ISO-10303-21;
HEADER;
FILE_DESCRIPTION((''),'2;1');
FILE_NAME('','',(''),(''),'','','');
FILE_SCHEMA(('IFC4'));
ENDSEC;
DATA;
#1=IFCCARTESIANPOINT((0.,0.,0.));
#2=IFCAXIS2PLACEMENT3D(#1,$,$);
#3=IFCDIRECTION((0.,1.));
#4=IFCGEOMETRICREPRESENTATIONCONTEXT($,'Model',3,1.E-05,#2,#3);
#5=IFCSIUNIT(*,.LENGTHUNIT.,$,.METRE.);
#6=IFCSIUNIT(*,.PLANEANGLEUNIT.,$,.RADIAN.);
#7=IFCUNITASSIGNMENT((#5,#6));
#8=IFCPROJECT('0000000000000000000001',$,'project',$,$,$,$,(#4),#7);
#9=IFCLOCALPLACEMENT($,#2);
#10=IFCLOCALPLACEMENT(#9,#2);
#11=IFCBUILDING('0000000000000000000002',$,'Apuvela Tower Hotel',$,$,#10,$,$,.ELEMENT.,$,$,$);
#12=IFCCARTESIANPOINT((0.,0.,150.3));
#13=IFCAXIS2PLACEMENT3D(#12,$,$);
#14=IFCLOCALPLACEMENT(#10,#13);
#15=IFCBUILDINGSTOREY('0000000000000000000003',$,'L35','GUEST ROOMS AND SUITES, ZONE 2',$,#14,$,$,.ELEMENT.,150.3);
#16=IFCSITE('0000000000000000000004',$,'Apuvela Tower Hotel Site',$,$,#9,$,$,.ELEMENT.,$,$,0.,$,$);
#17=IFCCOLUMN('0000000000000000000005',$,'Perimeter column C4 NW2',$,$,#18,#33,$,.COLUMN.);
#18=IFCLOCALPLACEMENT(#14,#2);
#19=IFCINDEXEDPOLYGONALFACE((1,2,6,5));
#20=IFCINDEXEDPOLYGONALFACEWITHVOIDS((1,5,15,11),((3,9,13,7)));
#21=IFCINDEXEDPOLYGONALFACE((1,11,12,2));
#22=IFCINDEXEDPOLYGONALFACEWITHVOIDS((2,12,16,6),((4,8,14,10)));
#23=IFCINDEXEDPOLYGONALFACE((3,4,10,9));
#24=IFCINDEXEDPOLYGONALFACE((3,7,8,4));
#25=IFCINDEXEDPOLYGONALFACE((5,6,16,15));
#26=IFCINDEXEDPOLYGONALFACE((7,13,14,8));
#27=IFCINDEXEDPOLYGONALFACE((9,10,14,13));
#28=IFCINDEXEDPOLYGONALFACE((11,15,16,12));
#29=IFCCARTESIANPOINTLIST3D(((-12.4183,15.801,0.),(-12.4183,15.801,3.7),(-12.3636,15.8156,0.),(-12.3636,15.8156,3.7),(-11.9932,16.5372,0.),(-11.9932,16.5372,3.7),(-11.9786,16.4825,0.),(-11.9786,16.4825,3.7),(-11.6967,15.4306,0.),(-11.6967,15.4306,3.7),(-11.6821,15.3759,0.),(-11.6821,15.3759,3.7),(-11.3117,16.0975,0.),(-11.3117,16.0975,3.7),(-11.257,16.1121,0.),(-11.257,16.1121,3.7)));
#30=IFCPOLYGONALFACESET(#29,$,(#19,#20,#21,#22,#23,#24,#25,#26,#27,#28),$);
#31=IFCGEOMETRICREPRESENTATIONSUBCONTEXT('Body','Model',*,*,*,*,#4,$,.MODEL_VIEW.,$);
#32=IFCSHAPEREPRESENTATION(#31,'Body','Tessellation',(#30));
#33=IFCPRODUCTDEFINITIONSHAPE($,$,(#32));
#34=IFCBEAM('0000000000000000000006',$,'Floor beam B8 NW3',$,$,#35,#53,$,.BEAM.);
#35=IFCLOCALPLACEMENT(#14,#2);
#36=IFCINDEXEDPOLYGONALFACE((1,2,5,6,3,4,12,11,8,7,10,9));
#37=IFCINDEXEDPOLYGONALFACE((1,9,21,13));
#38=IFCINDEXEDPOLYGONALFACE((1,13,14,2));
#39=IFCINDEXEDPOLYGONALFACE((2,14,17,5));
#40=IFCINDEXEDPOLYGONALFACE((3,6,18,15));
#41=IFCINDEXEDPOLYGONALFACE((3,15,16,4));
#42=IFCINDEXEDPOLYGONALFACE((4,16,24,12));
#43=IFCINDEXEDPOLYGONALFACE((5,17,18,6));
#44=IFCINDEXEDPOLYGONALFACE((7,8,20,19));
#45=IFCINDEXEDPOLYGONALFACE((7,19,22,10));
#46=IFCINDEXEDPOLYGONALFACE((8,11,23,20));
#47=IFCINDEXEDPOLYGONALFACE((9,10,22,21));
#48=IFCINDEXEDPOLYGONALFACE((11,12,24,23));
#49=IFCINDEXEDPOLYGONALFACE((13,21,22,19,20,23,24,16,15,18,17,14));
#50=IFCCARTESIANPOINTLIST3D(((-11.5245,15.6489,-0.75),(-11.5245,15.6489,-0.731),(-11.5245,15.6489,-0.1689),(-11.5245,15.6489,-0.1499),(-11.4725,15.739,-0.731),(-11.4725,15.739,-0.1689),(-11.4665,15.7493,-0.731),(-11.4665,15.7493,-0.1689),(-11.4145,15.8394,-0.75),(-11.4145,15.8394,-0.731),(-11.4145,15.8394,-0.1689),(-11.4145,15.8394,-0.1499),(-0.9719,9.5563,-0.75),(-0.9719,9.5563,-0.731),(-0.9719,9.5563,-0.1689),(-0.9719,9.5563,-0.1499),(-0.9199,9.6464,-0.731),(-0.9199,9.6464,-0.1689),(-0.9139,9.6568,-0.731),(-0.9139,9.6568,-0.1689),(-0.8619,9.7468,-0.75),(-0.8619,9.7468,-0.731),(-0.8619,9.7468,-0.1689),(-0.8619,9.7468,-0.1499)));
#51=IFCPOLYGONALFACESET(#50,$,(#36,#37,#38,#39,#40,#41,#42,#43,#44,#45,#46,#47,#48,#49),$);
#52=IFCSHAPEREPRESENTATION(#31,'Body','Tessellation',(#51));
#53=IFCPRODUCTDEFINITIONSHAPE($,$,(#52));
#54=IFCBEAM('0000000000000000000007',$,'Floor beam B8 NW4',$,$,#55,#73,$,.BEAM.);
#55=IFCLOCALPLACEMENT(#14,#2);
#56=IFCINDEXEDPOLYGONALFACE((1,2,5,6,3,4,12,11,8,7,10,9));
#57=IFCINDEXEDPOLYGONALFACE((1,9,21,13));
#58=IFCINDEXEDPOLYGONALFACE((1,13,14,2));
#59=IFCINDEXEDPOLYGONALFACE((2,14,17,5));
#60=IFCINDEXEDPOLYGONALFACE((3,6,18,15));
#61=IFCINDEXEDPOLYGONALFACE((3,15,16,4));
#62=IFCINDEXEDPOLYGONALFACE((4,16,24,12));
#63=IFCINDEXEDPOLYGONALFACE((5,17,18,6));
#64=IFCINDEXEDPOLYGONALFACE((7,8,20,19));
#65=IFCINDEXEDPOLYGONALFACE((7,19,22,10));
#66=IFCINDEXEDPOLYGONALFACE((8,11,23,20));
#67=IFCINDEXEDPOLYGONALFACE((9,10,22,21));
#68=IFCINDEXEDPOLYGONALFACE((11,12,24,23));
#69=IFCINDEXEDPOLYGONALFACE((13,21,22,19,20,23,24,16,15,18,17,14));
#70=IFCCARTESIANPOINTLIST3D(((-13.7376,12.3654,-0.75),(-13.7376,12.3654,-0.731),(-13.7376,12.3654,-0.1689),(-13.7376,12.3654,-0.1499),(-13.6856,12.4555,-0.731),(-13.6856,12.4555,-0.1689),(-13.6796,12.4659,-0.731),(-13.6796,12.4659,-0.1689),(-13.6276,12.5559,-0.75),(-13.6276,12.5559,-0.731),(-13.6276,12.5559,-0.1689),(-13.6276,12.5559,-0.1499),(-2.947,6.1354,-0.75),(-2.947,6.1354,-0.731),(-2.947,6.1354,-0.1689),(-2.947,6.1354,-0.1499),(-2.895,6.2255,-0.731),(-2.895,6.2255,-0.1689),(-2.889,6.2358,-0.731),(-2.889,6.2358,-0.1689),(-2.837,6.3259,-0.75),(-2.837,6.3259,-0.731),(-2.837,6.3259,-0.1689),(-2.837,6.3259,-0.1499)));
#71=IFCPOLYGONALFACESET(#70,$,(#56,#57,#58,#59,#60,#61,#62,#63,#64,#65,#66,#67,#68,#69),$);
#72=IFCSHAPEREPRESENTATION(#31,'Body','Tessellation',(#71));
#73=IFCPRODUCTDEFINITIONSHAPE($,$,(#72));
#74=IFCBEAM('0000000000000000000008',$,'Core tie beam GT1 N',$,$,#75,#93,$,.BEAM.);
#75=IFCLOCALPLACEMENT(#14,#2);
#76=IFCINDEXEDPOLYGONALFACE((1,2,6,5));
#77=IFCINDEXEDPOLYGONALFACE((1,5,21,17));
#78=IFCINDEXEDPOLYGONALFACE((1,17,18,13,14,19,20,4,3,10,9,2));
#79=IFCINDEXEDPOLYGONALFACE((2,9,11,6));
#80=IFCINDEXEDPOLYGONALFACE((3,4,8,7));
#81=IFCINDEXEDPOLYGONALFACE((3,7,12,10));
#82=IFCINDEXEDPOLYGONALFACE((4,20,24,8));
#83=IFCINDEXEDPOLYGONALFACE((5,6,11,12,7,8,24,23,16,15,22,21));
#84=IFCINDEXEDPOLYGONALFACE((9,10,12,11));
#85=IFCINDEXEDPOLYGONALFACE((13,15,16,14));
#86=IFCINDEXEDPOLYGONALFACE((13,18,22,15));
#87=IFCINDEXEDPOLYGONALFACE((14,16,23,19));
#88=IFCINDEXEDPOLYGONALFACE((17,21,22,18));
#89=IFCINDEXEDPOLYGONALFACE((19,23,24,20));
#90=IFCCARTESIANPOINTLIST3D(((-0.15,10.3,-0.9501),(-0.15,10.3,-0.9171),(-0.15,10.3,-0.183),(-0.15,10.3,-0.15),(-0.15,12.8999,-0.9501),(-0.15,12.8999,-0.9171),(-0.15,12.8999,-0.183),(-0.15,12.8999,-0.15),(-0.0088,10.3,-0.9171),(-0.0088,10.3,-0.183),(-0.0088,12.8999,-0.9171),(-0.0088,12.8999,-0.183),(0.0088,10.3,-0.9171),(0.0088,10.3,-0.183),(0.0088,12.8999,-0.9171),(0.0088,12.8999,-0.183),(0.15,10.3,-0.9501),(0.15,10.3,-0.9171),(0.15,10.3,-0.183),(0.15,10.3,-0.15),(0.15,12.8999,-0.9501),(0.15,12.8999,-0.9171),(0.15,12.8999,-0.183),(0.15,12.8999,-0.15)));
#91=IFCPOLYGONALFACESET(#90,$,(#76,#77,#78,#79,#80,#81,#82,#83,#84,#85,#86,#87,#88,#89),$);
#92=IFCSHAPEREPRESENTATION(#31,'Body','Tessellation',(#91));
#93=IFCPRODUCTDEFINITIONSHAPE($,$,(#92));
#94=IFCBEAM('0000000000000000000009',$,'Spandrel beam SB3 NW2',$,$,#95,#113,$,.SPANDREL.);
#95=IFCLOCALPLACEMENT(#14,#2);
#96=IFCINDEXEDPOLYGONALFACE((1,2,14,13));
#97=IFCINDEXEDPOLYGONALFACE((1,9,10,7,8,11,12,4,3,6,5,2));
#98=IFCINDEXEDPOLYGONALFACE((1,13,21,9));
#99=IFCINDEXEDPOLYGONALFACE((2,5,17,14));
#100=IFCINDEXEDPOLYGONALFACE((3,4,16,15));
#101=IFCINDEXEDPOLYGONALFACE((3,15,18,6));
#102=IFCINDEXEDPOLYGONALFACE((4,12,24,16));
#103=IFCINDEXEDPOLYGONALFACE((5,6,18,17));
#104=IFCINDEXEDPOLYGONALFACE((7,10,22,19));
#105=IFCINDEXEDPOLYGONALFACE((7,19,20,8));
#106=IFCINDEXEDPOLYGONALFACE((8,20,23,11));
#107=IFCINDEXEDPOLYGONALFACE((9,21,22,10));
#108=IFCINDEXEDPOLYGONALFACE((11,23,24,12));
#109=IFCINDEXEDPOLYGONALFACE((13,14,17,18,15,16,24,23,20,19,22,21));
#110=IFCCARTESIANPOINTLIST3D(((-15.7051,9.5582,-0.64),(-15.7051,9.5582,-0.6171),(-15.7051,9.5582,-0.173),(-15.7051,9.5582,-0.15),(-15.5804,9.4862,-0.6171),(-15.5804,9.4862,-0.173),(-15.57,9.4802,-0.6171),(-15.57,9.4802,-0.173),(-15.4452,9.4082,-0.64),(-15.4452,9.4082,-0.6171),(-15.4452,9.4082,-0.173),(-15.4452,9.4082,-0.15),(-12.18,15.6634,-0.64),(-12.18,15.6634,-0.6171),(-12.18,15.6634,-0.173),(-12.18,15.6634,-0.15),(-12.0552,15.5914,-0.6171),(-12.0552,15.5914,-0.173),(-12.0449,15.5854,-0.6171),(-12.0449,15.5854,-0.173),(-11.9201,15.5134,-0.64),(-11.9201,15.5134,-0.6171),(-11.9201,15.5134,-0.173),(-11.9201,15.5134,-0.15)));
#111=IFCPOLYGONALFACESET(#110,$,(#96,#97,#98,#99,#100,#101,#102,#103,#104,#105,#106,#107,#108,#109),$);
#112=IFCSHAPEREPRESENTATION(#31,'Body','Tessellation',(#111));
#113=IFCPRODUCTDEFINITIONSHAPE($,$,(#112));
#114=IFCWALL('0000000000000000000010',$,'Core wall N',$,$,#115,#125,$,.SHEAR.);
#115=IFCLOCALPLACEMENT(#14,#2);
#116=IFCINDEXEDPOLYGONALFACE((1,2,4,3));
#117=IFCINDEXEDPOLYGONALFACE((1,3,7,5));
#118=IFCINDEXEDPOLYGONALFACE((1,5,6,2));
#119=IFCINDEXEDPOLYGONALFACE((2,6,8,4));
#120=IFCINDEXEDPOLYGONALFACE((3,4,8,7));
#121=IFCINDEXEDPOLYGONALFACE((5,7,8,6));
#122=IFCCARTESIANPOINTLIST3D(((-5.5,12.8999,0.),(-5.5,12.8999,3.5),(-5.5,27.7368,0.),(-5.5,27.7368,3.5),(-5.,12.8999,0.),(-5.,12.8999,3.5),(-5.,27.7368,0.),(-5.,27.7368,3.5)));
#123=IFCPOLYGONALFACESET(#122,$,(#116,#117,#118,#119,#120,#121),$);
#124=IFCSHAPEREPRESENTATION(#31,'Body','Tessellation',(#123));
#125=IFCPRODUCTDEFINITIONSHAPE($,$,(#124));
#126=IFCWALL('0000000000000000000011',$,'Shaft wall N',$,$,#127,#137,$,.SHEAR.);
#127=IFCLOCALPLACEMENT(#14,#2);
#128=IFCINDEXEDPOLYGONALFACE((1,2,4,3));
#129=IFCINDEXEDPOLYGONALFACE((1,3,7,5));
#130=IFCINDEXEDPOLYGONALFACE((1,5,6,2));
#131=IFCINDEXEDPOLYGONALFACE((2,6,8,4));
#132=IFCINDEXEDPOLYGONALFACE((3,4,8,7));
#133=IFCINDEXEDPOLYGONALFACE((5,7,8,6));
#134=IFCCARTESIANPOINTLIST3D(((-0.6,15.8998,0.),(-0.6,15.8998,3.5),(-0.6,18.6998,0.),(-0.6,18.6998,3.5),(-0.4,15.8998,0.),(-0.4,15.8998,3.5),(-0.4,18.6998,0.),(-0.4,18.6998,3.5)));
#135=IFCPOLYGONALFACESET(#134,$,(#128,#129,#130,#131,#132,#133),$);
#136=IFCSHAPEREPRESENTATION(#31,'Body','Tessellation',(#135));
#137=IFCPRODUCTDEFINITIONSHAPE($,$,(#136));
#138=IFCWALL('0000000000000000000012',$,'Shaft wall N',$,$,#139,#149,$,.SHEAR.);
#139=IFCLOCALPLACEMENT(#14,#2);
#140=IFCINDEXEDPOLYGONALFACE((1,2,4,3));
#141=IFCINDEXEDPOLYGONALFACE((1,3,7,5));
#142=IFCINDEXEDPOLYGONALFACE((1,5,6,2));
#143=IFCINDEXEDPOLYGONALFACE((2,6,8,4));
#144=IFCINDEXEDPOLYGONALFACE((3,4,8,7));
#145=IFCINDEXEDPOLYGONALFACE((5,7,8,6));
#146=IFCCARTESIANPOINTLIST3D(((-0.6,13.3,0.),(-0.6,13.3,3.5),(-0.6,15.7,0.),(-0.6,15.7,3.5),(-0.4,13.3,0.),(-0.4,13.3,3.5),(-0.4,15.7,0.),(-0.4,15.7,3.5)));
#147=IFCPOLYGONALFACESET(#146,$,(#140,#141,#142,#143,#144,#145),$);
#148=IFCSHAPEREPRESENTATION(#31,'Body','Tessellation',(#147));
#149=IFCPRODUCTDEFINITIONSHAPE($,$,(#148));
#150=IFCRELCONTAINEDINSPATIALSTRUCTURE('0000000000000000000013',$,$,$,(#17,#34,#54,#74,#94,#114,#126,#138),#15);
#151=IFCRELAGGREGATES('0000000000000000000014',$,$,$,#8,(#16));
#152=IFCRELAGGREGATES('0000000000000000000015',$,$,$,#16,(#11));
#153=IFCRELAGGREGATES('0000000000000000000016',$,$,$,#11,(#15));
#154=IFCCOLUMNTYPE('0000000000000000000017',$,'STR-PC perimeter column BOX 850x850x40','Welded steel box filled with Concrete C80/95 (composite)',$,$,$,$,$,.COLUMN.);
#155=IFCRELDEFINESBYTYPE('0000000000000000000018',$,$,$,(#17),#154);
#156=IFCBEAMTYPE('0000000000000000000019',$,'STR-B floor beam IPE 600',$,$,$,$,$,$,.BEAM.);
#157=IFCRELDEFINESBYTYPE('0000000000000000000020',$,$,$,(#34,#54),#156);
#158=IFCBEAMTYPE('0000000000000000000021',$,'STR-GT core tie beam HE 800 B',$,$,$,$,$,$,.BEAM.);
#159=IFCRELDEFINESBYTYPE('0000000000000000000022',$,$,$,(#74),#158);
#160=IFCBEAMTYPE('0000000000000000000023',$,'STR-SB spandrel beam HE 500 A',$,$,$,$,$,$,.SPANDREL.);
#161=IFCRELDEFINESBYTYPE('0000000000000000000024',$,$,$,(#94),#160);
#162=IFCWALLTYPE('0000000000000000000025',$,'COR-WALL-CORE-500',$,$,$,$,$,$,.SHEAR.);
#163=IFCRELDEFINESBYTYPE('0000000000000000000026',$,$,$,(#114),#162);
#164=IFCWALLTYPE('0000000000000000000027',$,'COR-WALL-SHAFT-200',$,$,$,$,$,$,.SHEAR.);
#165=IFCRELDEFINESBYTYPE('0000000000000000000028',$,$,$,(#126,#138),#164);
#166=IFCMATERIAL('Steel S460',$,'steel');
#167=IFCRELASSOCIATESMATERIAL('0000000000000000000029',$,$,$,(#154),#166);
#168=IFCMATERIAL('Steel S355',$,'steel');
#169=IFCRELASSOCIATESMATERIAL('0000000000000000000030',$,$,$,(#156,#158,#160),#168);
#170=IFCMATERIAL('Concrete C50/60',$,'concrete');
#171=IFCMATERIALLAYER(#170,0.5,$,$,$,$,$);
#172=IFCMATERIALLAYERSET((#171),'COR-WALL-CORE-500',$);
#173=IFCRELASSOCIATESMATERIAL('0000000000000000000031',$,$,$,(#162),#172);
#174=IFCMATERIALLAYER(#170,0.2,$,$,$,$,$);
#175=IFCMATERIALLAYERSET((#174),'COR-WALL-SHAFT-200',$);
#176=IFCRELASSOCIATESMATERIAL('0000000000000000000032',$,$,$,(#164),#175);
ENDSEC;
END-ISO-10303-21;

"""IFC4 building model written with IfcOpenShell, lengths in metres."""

from ifc_helpers import new_model, si_unit, direction, frame, frame_2d, origin, origin_2d, place, context, subcontext, project, spatial, rectangle, hollow_rectangle, i_section, extrude, material, layer, layer_set, material_profile, profile_set, type_object, element, save


model = new_model("IFC4")

# Units and contexts
model_context = context("Model", 3, precision=1e-05, world=origin(), true_north=direction((0.0, 1.0)))
body_context = subcontext(model_context, "Body", "Model", "MODEL_VIEW")
ifc_project = project(units=[si_unit("LENGTHUNIT", "METRE"), si_unit("PLANEANGLEUNIT", "RADIAN")], contexts=[model_context])

# Site, building, storey
site_placement = place(None, origin())
site = spatial("IfcSite", under=ifc_project, at=site_placement, Name="Apuvela Tower Hotel Site", CompositionType="ELEMENT", RefElevation=0.0)
building_placement = place(site_placement, origin())
building = spatial("IfcBuilding", under=site, at=building_placement, Name="Apuvela Tower Hotel", CompositionType="ELEMENT")
storey_placement = place(building_placement, frame((0.0, 0.0, 150.3)))
storey = spatial("IfcBuildingStorey", under=building, at=storey_placement, Name="L35", Description="GUEST ROOMS AND SUITES, ZONE 2", CompositionType="ELEMENT", Elevation=150.3)

# Column
ifc_material_1 = material(Name="Steel S460", Category="steel")
ifc_material_profile_1 = material_profile(ifc_material_1, hollow_rectangle(XDim=0.8501, YDim=0.8501, WallThickness=0.04, at=origin_2d()), Name="BOX 850x850x40")
ifc_material_2 = material(Name="Concrete C80/95", Category="concrete")
ifc_material_profile_2 = material_profile(ifc_material_2, rectangle(XDim=0.77, YDim=0.77, at=origin_2d()), Name="Concrete C80/95 infill")
ifc_profile_set_1 = profile_set([ifc_material_profile_1, ifc_material_profile_2], Name="Steel S460")
column_type = type_object("IfcColumnType", Name="STR-PC perimeter column BOX 850x850x40", Description="Welded steel box filled with Concrete C80/95 (composite)", PredefinedType="COLUMN", material=ifc_profile_set_1)
column_placement = place(storey_placement, frame((-11.8376, 15.9565, 0.0), z_axis=(0.0, 0.0, 1.0), x_axis=(0.5, 0.866025, 0.0)))
element("IfcColumn", 1, at=column_placement, inside=storey, type_object=column_type, Name="Perimeter column C4 NW2", PredefinedType="COLUMN", context=body_context, shape_type="SweptSolid", body=[
    extrude(hollow_rectangle(XDim=0.8501, YDim=0.8501, WallThickness=0.04, at=origin_2d()), origin(), (0.0, 0.0, 1.0), 3.7),
])

# Beams
ifc_material_3 = material(Name="Steel S355", Category="steel")
ifc_material_profile_3 = material_profile(ifc_material_3, i_section(OverallWidth=0.22, OverallDepth=0.6001, WebThickness=0.012, FlangeThickness=0.019, at=origin_2d()), Name="IPE 600")
ifc_profile_set_2 = profile_set([ifc_material_profile_3], Name="Steel S355")
beam_type_1 = type_object("IfcBeamType", Name="STR-B floor beam IPE 600", PredefinedType="BEAM", material=ifc_profile_set_2)
beam_1_placement = place(storey_placement, frame((-11.4695, 15.7441, -0.45), z_axis=(0.866024, -0.500003, 0.0), x_axis=(0.500003, 0.866024, 0.0)))
element("IfcBeam", 2, at=beam_1_placement, inside=storey, type_object=beam_type_1, Name="Floor beam B8 NW3", PredefinedType="BEAM", context=body_context, shape_type="SweptSolid", body=[
    extrude(i_section(OverallWidth=0.22, OverallDepth=0.6001, WebThickness=0.012, FlangeThickness=0.019, at=origin_2d()), origin(), (0.0, 0.0, 1.0), 12.1851),
])
beam_2_placement = place(storey_placement, frame((-13.6826, 12.4607, -0.45), z_axis=(0.866023, -0.500004, 0.0), x_axis=(0.500004, 0.866023, 0.0)))
element("IfcBeam", 3, at=beam_2_placement, inside=storey, type_object=beam_type_1, Name="Floor beam B8 NW4", PredefinedType="BEAM", context=body_context, shape_type="SweptSolid", body=[
    extrude(i_section(OverallWidth=0.22, OverallDepth=0.6001, WebThickness=0.012, FlangeThickness=0.019, at=origin_2d()), origin(), (0.0, 0.0, 1.0), 12.46),
])
ifc_material_profile_4 = material_profile(ifc_material_3, i_section(OverallWidth=0.3, OverallDepth=0.8, WebThickness=0.0176, FlangeThickness=0.033, at=origin_2d()), Name="HE 800 B")
ifc_profile_set_3 = profile_set([ifc_material_profile_4], Name="Steel S355")
beam_type_2 = type_object("IfcBeamType", Name="STR-GT core tie beam HE 800 B", PredefinedType="BEAM", material=ifc_profile_set_3)
beam_3_placement = place(storey_placement, frame((0.0, 12.8999, -0.55), z_axis=(0.0, -1.0, 0.0), x_axis=(1.0, 0.0, 0.0)))
element("IfcBeam", 4, at=beam_3_placement, inside=storey, type_object=beam_type_2, Name="Core tie beam GT1 N", PredefinedType="BEAM", context=body_context, shape_type="SweptSolid", body=[
    extrude(i_section(OverallWidth=0.3, OverallDepth=0.8, WebThickness=0.0176, FlangeThickness=0.033, at=origin_2d()), origin(), (0.0, 0.0, 1.0), 2.5999),
])
ifc_material_profile_5 = material_profile(ifc_material_3, i_section(OverallWidth=0.3, OverallDepth=0.49, WebThickness=0.012, FlangeThickness=0.0229, at=origin_2d()), Name="HE 500 A")
ifc_profile_set_4 = profile_set([ifc_material_profile_5], Name="Steel S355")
beam_type_3 = type_object("IfcBeamType", Name="STR-SB spandrel beam HE 500 A", PredefinedType="SPANDREL", material=ifc_profile_set_4)
beam_4_placement = place(storey_placement, frame((-12.05, 15.5884, -0.395), z_axis=(-0.500031, -0.866007, 0.0), x_axis=(0.866007, -0.500031, 0.0)))
element("IfcBeam", 5, at=beam_4_placement, inside=storey, type_object=beam_type_3, Name="Spandrel beam SB3 NW2", PredefinedType="SPANDREL", context=body_context, shape_type="SweptSolid", body=[
    extrude(i_section(OverallWidth=0.3, OverallDepth=0.49, WebThickness=0.012, FlangeThickness=0.0229, at=origin_2d()), origin(), (0.0, 0.0, 1.0), 7.0498),
])

# Walls
ifc_material_4 = material(Name="Concrete C50/60", Category="concrete")
ifc_layer_1 = layer(ifc_material_4, 0.5)
ifc_layer_set_1 = layer_set([ifc_layer_1], Name="COR-WALL-CORE-500")
wall_type_1 = type_object("IfcWallType", Name="COR-WALL-CORE-500", PredefinedType="SHEAR", material=ifc_layer_set_1)
wall_1_placement = place(storey_placement, frame((-5.25, 12.8999, 0.0), z_axis=(0.0, 0.0, 1.0), x_axis=(0.0, 1.0, 0.0)))
element("IfcWall", 6, at=wall_1_placement, inside=storey, type_object=wall_type_1, Name="Core wall N", PredefinedType="SHEAR", context=body_context, shape_type="SweptSolid", body=[
    extrude(rectangle(XDim=14.8369, YDim=0.5, at=frame_2d((7.4185, 0.0))), origin(), (0.0, 0.0, 1.0), 3.5),
])
ifc_layer_2 = layer(ifc_material_4, 0.2)
ifc_layer_set_2 = layer_set([ifc_layer_2], Name="COR-WALL-SHAFT-200")
wall_type_2 = type_object("IfcWallType", Name="COR-WALL-SHAFT-200", PredefinedType="SHEAR", material=ifc_layer_set_2)
wall_2_placement = place(storey_placement, frame((-0.5, 15.8999, 0.0), z_axis=(0.0, 0.0, 1.0), x_axis=(0.0, 1.0, 0.0)))
element("IfcWall", 7, at=wall_2_placement, inside=storey, type_object=wall_type_2, Name="Shaft wall N", PredefinedType="SHEAR", context=body_context, shape_type="SweptSolid", body=[
    extrude(rectangle(XDim=2.8, YDim=0.2, at=frame_2d((1.3999, 0.0))), origin(), (0.0, 0.0, 1.0), 3.5),
])
wall_3_placement = place(storey_placement, frame((-0.5, 13.3, 0.0), z_axis=(0.0, 0.0, 1.0), x_axis=(0.0, 1.0, 0.0)))
element("IfcWall", 8, at=wall_3_placement, inside=storey, type_object=wall_type_2, Name="Shaft wall N", PredefinedType="SHEAR", context=body_context, shape_type="SweptSolid", body=[
    extrude(rectangle(XDim=2.3999, YDim=0.2, at=frame_2d((1.2, 0.0))), origin(), (0.0, 0.0, 1.0), 3.5),
])

save(model, "model.ifc")
